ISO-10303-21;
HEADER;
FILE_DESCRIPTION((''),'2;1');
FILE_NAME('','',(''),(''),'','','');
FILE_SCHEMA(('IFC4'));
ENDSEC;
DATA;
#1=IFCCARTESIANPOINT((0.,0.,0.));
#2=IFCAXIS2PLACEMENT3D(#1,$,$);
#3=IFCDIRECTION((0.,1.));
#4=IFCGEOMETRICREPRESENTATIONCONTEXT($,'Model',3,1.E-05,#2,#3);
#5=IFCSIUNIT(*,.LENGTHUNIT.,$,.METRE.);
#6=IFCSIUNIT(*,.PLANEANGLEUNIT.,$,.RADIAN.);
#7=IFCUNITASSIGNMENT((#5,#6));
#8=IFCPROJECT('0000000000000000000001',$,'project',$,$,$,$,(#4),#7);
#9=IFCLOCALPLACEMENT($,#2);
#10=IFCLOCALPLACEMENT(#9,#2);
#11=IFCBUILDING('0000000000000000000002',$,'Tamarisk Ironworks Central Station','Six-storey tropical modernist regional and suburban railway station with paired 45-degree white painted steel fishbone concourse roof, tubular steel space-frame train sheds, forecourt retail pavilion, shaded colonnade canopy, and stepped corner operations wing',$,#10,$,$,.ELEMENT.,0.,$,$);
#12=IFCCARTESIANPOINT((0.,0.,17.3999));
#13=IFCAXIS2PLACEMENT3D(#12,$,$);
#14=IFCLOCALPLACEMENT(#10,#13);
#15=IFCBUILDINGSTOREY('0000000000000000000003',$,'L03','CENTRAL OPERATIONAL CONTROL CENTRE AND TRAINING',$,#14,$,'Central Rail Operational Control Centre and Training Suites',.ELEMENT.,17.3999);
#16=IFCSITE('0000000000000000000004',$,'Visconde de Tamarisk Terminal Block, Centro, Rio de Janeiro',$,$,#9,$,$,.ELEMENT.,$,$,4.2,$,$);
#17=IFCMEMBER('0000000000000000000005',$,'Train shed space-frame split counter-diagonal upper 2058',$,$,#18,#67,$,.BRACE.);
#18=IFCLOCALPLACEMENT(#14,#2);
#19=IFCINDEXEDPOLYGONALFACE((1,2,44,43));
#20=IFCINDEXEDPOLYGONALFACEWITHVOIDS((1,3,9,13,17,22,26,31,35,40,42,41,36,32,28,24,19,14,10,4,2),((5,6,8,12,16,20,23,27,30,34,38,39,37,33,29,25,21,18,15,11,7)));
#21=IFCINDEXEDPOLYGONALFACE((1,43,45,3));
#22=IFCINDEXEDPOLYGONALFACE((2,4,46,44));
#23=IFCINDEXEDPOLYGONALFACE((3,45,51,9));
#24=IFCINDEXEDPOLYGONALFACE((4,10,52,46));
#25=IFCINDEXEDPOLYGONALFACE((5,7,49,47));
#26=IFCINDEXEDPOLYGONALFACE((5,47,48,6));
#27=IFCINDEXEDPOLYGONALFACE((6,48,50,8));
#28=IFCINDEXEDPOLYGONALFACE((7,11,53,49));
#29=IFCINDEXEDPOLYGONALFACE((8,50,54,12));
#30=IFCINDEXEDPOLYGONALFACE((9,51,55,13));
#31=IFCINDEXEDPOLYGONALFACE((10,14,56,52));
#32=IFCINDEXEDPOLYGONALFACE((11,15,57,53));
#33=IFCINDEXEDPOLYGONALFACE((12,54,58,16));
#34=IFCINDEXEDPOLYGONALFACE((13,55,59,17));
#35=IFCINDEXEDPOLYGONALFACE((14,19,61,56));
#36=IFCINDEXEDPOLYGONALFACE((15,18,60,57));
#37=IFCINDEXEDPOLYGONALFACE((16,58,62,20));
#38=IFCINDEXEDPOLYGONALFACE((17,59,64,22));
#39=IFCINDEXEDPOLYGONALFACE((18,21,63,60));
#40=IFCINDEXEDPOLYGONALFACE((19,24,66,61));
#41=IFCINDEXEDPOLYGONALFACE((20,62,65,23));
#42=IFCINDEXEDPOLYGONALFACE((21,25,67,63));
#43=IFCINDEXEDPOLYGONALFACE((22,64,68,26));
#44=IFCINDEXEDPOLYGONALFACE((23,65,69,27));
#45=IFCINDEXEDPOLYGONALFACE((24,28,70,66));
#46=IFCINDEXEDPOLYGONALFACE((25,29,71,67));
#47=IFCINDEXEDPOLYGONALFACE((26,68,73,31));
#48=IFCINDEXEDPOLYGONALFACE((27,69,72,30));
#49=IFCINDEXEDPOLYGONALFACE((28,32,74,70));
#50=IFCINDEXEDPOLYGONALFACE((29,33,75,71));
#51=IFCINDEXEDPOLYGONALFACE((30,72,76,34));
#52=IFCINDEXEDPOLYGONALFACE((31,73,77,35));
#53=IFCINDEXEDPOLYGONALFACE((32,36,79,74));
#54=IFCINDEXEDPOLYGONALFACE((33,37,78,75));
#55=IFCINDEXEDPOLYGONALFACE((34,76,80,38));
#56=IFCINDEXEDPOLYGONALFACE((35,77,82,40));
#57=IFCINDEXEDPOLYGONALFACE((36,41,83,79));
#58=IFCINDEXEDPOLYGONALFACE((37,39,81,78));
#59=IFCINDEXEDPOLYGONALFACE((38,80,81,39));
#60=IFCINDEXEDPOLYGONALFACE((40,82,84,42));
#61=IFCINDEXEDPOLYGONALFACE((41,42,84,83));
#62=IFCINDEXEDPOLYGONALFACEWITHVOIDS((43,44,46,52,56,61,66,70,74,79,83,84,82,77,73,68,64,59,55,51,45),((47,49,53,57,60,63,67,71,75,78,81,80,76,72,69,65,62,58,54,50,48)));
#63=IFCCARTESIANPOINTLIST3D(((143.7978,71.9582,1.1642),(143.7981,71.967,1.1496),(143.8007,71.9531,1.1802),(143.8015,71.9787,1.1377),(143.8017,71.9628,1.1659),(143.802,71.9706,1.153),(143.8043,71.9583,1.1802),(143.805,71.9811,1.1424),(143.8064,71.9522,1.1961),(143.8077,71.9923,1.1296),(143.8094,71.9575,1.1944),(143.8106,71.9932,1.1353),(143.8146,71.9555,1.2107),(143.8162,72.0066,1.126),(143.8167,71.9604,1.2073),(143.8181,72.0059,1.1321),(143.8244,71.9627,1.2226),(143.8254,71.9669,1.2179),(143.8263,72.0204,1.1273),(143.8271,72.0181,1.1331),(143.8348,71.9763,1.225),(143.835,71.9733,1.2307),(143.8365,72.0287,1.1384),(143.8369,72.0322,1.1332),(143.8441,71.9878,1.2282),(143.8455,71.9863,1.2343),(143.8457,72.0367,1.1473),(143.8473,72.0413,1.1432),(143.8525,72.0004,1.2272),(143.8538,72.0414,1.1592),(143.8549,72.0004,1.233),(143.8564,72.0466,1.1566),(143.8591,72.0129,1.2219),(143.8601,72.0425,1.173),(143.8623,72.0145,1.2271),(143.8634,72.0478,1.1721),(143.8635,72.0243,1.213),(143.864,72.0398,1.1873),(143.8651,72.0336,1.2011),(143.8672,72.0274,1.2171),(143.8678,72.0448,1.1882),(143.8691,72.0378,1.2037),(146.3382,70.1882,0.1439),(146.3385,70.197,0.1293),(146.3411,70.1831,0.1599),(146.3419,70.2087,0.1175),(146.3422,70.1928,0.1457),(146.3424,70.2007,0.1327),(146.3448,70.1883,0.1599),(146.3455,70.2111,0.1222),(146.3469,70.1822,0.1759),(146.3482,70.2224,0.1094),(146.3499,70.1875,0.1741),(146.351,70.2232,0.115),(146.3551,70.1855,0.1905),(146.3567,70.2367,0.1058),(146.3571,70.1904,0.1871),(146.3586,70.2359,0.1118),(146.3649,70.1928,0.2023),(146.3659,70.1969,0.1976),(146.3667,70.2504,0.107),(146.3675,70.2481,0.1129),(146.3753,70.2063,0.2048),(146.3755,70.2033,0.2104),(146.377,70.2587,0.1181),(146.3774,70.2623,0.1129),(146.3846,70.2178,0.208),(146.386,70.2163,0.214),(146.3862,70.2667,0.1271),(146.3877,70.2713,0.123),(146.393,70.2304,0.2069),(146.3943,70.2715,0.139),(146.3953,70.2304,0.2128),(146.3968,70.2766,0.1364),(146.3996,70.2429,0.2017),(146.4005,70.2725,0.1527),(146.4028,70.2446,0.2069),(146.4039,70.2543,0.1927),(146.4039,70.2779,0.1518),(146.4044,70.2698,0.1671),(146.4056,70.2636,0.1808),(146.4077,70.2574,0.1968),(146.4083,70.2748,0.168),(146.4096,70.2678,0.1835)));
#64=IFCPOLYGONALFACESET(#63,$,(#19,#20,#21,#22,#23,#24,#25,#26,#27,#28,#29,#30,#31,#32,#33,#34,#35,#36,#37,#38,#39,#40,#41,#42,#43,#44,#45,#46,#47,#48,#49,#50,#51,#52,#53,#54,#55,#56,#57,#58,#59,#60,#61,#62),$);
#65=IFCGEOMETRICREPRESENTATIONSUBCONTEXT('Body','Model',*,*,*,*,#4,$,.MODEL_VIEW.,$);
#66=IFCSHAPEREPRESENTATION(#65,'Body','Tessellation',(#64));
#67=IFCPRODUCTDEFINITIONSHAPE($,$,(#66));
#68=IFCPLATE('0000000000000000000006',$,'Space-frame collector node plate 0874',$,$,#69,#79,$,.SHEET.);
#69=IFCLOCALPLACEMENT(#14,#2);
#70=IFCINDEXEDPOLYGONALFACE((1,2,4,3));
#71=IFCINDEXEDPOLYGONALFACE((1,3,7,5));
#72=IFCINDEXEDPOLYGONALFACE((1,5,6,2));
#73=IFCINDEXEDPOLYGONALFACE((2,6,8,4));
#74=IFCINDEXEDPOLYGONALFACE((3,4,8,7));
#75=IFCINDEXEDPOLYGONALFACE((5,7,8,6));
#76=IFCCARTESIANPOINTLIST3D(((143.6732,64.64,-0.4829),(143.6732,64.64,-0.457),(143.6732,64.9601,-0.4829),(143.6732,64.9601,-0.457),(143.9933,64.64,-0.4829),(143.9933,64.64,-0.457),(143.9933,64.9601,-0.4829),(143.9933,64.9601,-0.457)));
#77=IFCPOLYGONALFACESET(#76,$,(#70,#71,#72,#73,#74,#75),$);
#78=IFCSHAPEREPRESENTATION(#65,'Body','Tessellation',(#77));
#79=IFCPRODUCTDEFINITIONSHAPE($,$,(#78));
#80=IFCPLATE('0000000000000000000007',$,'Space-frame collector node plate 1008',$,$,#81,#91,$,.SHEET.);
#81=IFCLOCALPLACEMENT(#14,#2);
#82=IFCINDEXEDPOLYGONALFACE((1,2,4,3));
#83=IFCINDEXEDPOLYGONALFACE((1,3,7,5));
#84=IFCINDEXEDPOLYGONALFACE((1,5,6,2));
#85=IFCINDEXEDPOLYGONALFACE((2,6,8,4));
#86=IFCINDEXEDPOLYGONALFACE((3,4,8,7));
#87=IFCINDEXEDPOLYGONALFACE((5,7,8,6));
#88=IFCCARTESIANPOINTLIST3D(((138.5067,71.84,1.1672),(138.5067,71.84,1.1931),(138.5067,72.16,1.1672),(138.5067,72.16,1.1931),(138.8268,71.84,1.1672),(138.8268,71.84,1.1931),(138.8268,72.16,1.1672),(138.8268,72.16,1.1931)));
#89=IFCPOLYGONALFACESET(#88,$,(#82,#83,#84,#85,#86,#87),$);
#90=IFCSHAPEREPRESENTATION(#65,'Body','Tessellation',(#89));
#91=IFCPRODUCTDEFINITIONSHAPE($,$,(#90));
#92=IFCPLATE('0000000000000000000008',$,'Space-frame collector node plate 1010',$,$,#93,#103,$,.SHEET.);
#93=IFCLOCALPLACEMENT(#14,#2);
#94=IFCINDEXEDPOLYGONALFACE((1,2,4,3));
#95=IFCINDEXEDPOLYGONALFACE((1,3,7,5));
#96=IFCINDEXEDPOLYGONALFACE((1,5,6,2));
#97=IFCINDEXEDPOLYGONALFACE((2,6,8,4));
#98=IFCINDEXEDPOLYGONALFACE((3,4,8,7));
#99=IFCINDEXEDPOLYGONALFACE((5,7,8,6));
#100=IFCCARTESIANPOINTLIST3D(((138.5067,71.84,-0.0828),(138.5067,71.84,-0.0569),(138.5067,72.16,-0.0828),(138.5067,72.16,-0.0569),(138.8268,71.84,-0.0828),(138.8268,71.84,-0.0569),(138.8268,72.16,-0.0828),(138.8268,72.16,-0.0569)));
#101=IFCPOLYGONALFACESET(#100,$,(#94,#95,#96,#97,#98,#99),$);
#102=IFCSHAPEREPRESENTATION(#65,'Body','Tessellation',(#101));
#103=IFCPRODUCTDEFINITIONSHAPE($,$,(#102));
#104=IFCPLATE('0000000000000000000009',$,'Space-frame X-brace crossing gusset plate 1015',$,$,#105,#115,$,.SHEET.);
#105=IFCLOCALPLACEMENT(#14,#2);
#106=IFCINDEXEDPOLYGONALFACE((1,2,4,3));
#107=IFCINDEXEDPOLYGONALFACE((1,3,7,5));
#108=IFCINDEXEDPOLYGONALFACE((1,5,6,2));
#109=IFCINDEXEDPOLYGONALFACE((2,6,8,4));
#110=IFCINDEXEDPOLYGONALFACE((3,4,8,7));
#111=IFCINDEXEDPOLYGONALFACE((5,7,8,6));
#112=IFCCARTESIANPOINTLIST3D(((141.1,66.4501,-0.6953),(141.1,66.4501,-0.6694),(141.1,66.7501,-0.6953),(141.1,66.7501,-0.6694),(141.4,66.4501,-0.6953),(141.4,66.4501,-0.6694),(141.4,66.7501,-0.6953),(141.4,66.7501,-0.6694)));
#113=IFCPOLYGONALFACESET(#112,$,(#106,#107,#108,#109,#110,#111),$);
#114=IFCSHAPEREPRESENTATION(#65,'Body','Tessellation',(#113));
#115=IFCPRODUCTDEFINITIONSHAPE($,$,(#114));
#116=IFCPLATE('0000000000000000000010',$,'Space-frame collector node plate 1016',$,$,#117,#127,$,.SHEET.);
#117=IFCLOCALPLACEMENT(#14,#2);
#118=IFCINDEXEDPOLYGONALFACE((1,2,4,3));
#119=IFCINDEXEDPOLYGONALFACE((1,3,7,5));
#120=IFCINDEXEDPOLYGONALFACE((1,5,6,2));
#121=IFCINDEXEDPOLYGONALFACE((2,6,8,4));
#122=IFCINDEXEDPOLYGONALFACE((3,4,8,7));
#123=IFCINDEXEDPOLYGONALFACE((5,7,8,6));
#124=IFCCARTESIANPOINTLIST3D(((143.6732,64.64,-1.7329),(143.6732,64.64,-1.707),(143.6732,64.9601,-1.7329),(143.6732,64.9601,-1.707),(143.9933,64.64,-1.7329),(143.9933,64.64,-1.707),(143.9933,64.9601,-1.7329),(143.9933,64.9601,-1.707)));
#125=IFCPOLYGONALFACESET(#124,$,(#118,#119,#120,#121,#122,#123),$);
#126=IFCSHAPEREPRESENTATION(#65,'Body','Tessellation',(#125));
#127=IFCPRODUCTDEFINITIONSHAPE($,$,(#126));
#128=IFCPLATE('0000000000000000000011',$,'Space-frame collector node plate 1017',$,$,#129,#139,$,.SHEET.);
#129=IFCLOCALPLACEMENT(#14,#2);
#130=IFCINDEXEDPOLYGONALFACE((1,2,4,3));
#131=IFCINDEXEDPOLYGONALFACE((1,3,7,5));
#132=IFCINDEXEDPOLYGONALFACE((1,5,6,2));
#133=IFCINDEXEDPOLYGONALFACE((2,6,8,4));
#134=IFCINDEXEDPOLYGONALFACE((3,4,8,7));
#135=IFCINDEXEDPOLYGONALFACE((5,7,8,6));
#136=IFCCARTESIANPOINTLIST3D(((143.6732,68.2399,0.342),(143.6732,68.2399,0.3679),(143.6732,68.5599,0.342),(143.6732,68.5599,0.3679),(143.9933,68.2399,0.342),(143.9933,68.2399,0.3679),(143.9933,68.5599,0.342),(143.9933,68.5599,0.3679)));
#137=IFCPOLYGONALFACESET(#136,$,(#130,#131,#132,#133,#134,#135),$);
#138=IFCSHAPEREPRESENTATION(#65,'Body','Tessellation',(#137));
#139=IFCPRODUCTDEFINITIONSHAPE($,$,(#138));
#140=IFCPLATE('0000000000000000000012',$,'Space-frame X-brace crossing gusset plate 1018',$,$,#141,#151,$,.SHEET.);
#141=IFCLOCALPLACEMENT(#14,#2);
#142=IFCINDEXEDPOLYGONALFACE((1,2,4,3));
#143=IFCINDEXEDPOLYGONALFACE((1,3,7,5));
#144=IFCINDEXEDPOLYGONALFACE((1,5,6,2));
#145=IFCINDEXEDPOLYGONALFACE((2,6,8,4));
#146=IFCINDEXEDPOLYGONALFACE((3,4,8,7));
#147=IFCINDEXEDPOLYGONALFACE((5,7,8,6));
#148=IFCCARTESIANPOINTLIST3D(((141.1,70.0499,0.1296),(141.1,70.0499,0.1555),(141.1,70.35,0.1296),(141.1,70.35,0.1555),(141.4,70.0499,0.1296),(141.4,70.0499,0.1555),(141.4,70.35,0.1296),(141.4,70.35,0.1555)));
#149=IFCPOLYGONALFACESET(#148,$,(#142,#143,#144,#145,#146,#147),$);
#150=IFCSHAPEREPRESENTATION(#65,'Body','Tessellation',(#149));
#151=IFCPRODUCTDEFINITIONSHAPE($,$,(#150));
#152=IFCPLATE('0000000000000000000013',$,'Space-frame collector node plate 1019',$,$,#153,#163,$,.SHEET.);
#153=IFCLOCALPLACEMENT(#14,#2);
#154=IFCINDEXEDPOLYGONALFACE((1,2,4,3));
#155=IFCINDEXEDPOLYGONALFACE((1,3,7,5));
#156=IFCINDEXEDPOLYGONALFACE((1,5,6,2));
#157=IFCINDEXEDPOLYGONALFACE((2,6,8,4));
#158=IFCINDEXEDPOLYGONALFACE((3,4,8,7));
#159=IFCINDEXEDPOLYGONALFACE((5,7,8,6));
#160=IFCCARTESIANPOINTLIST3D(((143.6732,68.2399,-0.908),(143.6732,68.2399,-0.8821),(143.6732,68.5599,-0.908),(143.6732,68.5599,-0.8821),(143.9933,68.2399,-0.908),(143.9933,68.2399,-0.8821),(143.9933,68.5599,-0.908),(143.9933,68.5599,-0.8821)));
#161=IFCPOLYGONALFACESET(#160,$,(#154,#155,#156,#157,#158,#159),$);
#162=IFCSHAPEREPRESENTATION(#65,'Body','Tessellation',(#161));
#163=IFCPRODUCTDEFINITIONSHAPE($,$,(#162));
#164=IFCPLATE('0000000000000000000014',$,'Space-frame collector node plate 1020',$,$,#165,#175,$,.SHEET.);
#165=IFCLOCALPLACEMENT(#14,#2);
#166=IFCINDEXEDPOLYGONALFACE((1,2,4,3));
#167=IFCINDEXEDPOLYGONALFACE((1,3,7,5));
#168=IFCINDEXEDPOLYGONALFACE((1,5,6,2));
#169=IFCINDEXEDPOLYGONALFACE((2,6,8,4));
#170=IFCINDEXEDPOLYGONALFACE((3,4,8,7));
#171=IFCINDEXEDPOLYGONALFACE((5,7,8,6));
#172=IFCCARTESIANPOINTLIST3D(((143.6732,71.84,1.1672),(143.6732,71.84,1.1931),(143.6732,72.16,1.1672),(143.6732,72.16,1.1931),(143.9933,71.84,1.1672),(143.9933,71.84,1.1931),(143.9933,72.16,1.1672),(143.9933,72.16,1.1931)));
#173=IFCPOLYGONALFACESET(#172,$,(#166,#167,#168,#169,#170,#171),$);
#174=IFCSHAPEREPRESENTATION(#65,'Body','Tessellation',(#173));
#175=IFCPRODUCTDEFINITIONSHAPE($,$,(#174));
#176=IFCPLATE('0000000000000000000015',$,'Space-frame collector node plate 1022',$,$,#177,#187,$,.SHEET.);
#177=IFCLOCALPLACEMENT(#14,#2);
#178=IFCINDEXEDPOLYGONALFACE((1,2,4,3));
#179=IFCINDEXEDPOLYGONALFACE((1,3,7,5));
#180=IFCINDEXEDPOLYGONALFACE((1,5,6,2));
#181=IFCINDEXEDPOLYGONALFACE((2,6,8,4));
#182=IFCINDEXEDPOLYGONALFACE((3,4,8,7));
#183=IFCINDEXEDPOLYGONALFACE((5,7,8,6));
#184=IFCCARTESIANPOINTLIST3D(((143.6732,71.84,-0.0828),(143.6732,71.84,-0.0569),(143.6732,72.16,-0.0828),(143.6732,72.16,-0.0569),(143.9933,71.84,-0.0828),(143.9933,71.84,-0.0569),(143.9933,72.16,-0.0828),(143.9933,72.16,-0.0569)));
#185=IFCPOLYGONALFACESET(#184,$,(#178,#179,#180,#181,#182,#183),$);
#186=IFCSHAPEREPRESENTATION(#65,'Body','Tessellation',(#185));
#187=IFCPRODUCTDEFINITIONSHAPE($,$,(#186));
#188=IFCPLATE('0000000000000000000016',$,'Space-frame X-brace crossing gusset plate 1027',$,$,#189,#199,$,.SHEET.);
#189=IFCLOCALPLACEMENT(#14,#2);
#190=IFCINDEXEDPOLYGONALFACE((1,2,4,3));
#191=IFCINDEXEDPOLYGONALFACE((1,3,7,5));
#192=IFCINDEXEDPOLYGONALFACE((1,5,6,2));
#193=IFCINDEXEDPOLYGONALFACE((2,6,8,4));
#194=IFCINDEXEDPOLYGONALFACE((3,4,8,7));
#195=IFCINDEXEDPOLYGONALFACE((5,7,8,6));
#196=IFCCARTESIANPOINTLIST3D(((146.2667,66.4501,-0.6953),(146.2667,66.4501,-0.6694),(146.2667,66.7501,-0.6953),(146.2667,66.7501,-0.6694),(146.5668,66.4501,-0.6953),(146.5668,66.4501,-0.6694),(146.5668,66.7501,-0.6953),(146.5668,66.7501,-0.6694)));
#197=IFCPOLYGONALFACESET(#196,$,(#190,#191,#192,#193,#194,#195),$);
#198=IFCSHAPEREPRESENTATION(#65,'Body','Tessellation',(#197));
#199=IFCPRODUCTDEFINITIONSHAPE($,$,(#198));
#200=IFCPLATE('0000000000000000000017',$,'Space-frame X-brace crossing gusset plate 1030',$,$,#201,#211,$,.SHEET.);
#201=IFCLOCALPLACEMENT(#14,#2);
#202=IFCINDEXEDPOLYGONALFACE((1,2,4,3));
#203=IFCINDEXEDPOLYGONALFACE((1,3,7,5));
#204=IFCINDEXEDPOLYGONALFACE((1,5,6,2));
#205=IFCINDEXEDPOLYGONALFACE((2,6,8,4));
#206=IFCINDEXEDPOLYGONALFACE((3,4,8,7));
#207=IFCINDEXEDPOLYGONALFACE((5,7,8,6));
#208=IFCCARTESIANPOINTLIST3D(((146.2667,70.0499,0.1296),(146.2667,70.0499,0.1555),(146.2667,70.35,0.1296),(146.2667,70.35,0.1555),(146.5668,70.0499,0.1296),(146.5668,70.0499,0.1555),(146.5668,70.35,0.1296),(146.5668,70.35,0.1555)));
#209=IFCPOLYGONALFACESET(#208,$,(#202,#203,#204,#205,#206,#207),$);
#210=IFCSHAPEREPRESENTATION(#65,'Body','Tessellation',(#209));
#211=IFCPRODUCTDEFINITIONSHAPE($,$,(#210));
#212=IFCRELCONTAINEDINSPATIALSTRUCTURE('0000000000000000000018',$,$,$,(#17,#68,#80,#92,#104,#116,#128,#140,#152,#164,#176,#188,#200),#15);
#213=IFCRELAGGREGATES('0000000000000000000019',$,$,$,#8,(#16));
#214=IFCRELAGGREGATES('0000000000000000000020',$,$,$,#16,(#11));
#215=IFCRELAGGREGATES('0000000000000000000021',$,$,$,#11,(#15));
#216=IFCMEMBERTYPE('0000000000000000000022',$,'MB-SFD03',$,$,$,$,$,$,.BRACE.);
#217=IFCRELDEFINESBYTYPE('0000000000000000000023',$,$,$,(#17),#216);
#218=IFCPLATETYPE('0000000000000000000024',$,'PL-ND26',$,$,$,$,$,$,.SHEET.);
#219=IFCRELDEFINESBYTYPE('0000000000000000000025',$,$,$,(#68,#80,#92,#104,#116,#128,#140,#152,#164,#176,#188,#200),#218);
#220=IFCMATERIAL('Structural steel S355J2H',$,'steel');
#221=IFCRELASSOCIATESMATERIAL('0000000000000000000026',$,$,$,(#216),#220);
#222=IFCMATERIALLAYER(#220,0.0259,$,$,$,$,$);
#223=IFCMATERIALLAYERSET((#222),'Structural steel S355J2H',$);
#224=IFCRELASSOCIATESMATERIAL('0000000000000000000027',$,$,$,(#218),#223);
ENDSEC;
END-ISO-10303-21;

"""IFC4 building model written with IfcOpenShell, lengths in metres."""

from ifc_helpers import new_model, si_unit, direction, frame, origin, origin_2d, place, context, subcontext, project, spatial, rectangle, hollow_circle, extrude, material, layer, layer_set, material_profile, profile_set, type_object, element, save


model = new_model("IFC4")

# Units and contexts
model_context = context("Model", 3, precision=1e-05, world=origin(), true_north=direction((0.0, 1.0)))
body_context = subcontext(model_context, "Body", "Model", "MODEL_VIEW")
ifc_project = project(units=[si_unit("LENGTHUNIT", "METRE"), si_unit("PLANEANGLEUNIT", "RADIAN")], contexts=[model_context])

# Site, building, storey
site_placement = place(None, origin())
site = spatial("IfcSite", under=ifc_project, at=site_placement, Name="Visconde de Tamarisk Terminal Block, Centro, Rio de Janeiro", CompositionType="ELEMENT", RefElevation=4.2)
building_placement = place(site_placement, origin())
building = spatial("IfcBuilding", under=site, at=building_placement, Name="Tamarisk Ironworks Central Station", Description="Six-storey tropical modernist regional and suburban railway station with paired 45-degree white painted steel fishbone concourse roof, tubular steel space-frame train sheds, forecourt retail pavilion, shaded colonnade canopy, and stepped corner operations wing", CompositionType="ELEMENT", ElevationOfRefHeight=0.0)
storey_placement = place(building_placement, frame((0.0, 0.0, 17.3999)))
storey = spatial("IfcBuildingStorey", under=building, at=storey_placement, Name="L03", Description="CENTRAL OPERATIONAL CONTROL CENTRE AND TRAINING", LongName="Central Rail Operational Control Centre and Training Suites", CompositionType="ELEMENT", Elevation=17.3999)

# Member
ifc_material_1 = material(Name="Structural steel S355J2H", Category="steel")
ifc_material_profile_1 = material_profile(ifc_material_1, hollow_circle(Radius=0.0571, WallThickness=0.0063, at=origin_2d()), Name="CHS 114.3x6.3")
ifc_profile_set_1 = profile_set([ifc_material_profile_1], Name="Structural steel S355J2H")
member_type_1 = type_object("IfcMemberType", Name="MB-SFD03", PredefinedType="BRACE", material=ifc_profile_set_1)
for number, where, z_axis, x_axis, name in (
    (1, (146.3738, 70.23, 0.1599), (-0.779281, 0.542936, 0.312956), (-0.571651, -0.820497, 0.0), "Train shed space-frame split counter-diagonal upper 2058"),
):
    element("IfcMember", number, at=place(storey_placement, frame(where, z_axis=z_axis, x_axis=x_axis)), inside=storey, type_object=member_type_1, Name=name, PredefinedType="BRACE", context=body_context, shape_type="SweptSolid", body=[
        extrude(hollow_circle(Radius=0.0571, WallThickness=0.0063, at=origin_2d()), origin(), (0.0, 0.0, 1.0), 3.26),
    ])

# Plates
ifc_layer = layer(ifc_material_1, 0.0259)
ifc_layer_set = layer_set([ifc_layer], Name="Structural steel S355J2H")
plate_type = type_object("IfcPlateType", Name="PL-ND26", PredefinedType="SHEET", material=ifc_layer_set)
for number, where, z_axis, x_axis, name in (
    (2, (143.8333, 64.8, -0.4829), (0.0, 0.0, 1.0), (1.0, 0.0, 0.0), "Space-frame collector node plate 0874"),
    (3, (138.6667, 72.0, 1.1672), (0.0, 0.0, 1.0), (1.0, 0.0, 0.0), "Space-frame collector node plate 1008"),
    (4, (138.6667, 72.0, -0.0828), (0.0, 0.0, 1.0), (1.0, 0.0, 0.0), "Space-frame collector node plate 1010"),
):
    element("IfcPlate", number, at=place(storey_placement, frame(where, z_axis=z_axis, x_axis=x_axis)), inside=storey, type_object=plate_type, Name=name, PredefinedType="SHEET", context=body_context, shape_type="SweptSolid", body=[
        extrude(rectangle(XDim=0.3201, YDim=0.3201, at=origin_2d()), origin(), (0.0, 0.0, 1.0), 0.0259),
    ])
plate_1_placement = place(storey_placement, frame((141.25, 66.6001, -0.6953), z_axis=(0.0, 0.0, 1.0), x_axis=(1.0, 0.0, 0.0)))
element("IfcPlate", 5, at=plate_1_placement, inside=storey, type_object=plate_type, Name="Space-frame X-brace crossing gusset plate 1015", PredefinedType="SHEET", context=body_context, shape_type="SweptSolid", body=[
    extrude(rectangle(XDim=0.3, YDim=0.3, at=origin_2d()), origin(), (0.0, 0.0, 1.0), 0.0259),
])
for number, where, z_axis, x_axis, name in (
    (6, (143.8333, 64.8, -1.7329), (0.0, 0.0, 1.0), (1.0, 0.0, 0.0), "Space-frame collector node plate 1016"),
    (7, (143.8333, 68.3999, 0.342), (0.0, 0.0, 1.0), (1.0, 0.0, 0.0), "Space-frame collector node plate 1017"),
):
    element("IfcPlate", number, at=place(storey_placement, frame(where, z_axis=z_axis, x_axis=x_axis)), inside=storey, type_object=plate_type, Name=name, PredefinedType="SHEET", context=body_context, shape_type="SweptSolid", body=[
        extrude(rectangle(XDim=0.3201, YDim=0.3201, at=origin_2d()), origin(), (0.0, 0.0, 1.0), 0.0259),
    ])
plate_2_placement = place(storey_placement, frame((141.25, 70.2, 0.1296), z_axis=(0.0, 0.0, 1.0), x_axis=(1.0, 0.0, 0.0)))
element("IfcPlate", 8, at=plate_2_placement, inside=storey, type_object=plate_type, Name="Space-frame X-brace crossing gusset plate 1018", PredefinedType="SHEET", context=body_context, shape_type="SweptSolid", body=[
    extrude(rectangle(XDim=0.3, YDim=0.3, at=origin_2d()), origin(), (0.0, 0.0, 1.0), 0.0259),
])
for number, where, z_axis, x_axis, name in (
    (9, (143.8333, 68.3999, -0.908), (0.0, 0.0, 1.0), (1.0, 0.0, 0.0), "Space-frame collector node plate 1019"),
    (10, (143.8333, 72.0, 1.1672), (0.0, 0.0, 1.0), (1.0, 0.0, 0.0), "Space-frame collector node plate 1020"),
    (11, (143.8333, 72.0, -0.0828), (0.0, 0.0, 1.0), (1.0, 0.0, 0.0), "Space-frame collector node plate 1022"),
):
    element("IfcPlate", number, at=place(storey_placement, frame(where, z_axis=z_axis, x_axis=x_axis)), inside=storey, type_object=plate_type, Name=name, PredefinedType="SHEET", context=body_context, shape_type="SweptSolid", body=[
        extrude(rectangle(XDim=0.3201, YDim=0.3201, at=origin_2d()), origin(), (0.0, 0.0, 1.0), 0.0259),
    ])
for number, where, z_axis, x_axis, name in (
    (12, (146.4167, 66.6001, -0.6953), (0.0, 0.0, 1.0), (1.0, 0.0, 0.0), "Space-frame X-brace crossing gusset plate 1027"),
    (13, (146.4167, 70.2, 0.1296), (0.0, 0.0, 1.0), (1.0, 0.0, 0.0), "Space-frame X-brace crossing gusset plate 1030"),
):
    element("IfcPlate", number, at=place(storey_placement, frame(where, z_axis=z_axis, x_axis=x_axis)), inside=storey, type_object=plate_type, Name=name, PredefinedType="SHEET", context=body_context, shape_type="SweptSolid", body=[
        extrude(rectangle(XDim=0.3, YDim=0.3, at=origin_2d()), origin(), (0.0, 0.0, 1.0), 0.0259),
    ])

save(model, "model.ifc")
